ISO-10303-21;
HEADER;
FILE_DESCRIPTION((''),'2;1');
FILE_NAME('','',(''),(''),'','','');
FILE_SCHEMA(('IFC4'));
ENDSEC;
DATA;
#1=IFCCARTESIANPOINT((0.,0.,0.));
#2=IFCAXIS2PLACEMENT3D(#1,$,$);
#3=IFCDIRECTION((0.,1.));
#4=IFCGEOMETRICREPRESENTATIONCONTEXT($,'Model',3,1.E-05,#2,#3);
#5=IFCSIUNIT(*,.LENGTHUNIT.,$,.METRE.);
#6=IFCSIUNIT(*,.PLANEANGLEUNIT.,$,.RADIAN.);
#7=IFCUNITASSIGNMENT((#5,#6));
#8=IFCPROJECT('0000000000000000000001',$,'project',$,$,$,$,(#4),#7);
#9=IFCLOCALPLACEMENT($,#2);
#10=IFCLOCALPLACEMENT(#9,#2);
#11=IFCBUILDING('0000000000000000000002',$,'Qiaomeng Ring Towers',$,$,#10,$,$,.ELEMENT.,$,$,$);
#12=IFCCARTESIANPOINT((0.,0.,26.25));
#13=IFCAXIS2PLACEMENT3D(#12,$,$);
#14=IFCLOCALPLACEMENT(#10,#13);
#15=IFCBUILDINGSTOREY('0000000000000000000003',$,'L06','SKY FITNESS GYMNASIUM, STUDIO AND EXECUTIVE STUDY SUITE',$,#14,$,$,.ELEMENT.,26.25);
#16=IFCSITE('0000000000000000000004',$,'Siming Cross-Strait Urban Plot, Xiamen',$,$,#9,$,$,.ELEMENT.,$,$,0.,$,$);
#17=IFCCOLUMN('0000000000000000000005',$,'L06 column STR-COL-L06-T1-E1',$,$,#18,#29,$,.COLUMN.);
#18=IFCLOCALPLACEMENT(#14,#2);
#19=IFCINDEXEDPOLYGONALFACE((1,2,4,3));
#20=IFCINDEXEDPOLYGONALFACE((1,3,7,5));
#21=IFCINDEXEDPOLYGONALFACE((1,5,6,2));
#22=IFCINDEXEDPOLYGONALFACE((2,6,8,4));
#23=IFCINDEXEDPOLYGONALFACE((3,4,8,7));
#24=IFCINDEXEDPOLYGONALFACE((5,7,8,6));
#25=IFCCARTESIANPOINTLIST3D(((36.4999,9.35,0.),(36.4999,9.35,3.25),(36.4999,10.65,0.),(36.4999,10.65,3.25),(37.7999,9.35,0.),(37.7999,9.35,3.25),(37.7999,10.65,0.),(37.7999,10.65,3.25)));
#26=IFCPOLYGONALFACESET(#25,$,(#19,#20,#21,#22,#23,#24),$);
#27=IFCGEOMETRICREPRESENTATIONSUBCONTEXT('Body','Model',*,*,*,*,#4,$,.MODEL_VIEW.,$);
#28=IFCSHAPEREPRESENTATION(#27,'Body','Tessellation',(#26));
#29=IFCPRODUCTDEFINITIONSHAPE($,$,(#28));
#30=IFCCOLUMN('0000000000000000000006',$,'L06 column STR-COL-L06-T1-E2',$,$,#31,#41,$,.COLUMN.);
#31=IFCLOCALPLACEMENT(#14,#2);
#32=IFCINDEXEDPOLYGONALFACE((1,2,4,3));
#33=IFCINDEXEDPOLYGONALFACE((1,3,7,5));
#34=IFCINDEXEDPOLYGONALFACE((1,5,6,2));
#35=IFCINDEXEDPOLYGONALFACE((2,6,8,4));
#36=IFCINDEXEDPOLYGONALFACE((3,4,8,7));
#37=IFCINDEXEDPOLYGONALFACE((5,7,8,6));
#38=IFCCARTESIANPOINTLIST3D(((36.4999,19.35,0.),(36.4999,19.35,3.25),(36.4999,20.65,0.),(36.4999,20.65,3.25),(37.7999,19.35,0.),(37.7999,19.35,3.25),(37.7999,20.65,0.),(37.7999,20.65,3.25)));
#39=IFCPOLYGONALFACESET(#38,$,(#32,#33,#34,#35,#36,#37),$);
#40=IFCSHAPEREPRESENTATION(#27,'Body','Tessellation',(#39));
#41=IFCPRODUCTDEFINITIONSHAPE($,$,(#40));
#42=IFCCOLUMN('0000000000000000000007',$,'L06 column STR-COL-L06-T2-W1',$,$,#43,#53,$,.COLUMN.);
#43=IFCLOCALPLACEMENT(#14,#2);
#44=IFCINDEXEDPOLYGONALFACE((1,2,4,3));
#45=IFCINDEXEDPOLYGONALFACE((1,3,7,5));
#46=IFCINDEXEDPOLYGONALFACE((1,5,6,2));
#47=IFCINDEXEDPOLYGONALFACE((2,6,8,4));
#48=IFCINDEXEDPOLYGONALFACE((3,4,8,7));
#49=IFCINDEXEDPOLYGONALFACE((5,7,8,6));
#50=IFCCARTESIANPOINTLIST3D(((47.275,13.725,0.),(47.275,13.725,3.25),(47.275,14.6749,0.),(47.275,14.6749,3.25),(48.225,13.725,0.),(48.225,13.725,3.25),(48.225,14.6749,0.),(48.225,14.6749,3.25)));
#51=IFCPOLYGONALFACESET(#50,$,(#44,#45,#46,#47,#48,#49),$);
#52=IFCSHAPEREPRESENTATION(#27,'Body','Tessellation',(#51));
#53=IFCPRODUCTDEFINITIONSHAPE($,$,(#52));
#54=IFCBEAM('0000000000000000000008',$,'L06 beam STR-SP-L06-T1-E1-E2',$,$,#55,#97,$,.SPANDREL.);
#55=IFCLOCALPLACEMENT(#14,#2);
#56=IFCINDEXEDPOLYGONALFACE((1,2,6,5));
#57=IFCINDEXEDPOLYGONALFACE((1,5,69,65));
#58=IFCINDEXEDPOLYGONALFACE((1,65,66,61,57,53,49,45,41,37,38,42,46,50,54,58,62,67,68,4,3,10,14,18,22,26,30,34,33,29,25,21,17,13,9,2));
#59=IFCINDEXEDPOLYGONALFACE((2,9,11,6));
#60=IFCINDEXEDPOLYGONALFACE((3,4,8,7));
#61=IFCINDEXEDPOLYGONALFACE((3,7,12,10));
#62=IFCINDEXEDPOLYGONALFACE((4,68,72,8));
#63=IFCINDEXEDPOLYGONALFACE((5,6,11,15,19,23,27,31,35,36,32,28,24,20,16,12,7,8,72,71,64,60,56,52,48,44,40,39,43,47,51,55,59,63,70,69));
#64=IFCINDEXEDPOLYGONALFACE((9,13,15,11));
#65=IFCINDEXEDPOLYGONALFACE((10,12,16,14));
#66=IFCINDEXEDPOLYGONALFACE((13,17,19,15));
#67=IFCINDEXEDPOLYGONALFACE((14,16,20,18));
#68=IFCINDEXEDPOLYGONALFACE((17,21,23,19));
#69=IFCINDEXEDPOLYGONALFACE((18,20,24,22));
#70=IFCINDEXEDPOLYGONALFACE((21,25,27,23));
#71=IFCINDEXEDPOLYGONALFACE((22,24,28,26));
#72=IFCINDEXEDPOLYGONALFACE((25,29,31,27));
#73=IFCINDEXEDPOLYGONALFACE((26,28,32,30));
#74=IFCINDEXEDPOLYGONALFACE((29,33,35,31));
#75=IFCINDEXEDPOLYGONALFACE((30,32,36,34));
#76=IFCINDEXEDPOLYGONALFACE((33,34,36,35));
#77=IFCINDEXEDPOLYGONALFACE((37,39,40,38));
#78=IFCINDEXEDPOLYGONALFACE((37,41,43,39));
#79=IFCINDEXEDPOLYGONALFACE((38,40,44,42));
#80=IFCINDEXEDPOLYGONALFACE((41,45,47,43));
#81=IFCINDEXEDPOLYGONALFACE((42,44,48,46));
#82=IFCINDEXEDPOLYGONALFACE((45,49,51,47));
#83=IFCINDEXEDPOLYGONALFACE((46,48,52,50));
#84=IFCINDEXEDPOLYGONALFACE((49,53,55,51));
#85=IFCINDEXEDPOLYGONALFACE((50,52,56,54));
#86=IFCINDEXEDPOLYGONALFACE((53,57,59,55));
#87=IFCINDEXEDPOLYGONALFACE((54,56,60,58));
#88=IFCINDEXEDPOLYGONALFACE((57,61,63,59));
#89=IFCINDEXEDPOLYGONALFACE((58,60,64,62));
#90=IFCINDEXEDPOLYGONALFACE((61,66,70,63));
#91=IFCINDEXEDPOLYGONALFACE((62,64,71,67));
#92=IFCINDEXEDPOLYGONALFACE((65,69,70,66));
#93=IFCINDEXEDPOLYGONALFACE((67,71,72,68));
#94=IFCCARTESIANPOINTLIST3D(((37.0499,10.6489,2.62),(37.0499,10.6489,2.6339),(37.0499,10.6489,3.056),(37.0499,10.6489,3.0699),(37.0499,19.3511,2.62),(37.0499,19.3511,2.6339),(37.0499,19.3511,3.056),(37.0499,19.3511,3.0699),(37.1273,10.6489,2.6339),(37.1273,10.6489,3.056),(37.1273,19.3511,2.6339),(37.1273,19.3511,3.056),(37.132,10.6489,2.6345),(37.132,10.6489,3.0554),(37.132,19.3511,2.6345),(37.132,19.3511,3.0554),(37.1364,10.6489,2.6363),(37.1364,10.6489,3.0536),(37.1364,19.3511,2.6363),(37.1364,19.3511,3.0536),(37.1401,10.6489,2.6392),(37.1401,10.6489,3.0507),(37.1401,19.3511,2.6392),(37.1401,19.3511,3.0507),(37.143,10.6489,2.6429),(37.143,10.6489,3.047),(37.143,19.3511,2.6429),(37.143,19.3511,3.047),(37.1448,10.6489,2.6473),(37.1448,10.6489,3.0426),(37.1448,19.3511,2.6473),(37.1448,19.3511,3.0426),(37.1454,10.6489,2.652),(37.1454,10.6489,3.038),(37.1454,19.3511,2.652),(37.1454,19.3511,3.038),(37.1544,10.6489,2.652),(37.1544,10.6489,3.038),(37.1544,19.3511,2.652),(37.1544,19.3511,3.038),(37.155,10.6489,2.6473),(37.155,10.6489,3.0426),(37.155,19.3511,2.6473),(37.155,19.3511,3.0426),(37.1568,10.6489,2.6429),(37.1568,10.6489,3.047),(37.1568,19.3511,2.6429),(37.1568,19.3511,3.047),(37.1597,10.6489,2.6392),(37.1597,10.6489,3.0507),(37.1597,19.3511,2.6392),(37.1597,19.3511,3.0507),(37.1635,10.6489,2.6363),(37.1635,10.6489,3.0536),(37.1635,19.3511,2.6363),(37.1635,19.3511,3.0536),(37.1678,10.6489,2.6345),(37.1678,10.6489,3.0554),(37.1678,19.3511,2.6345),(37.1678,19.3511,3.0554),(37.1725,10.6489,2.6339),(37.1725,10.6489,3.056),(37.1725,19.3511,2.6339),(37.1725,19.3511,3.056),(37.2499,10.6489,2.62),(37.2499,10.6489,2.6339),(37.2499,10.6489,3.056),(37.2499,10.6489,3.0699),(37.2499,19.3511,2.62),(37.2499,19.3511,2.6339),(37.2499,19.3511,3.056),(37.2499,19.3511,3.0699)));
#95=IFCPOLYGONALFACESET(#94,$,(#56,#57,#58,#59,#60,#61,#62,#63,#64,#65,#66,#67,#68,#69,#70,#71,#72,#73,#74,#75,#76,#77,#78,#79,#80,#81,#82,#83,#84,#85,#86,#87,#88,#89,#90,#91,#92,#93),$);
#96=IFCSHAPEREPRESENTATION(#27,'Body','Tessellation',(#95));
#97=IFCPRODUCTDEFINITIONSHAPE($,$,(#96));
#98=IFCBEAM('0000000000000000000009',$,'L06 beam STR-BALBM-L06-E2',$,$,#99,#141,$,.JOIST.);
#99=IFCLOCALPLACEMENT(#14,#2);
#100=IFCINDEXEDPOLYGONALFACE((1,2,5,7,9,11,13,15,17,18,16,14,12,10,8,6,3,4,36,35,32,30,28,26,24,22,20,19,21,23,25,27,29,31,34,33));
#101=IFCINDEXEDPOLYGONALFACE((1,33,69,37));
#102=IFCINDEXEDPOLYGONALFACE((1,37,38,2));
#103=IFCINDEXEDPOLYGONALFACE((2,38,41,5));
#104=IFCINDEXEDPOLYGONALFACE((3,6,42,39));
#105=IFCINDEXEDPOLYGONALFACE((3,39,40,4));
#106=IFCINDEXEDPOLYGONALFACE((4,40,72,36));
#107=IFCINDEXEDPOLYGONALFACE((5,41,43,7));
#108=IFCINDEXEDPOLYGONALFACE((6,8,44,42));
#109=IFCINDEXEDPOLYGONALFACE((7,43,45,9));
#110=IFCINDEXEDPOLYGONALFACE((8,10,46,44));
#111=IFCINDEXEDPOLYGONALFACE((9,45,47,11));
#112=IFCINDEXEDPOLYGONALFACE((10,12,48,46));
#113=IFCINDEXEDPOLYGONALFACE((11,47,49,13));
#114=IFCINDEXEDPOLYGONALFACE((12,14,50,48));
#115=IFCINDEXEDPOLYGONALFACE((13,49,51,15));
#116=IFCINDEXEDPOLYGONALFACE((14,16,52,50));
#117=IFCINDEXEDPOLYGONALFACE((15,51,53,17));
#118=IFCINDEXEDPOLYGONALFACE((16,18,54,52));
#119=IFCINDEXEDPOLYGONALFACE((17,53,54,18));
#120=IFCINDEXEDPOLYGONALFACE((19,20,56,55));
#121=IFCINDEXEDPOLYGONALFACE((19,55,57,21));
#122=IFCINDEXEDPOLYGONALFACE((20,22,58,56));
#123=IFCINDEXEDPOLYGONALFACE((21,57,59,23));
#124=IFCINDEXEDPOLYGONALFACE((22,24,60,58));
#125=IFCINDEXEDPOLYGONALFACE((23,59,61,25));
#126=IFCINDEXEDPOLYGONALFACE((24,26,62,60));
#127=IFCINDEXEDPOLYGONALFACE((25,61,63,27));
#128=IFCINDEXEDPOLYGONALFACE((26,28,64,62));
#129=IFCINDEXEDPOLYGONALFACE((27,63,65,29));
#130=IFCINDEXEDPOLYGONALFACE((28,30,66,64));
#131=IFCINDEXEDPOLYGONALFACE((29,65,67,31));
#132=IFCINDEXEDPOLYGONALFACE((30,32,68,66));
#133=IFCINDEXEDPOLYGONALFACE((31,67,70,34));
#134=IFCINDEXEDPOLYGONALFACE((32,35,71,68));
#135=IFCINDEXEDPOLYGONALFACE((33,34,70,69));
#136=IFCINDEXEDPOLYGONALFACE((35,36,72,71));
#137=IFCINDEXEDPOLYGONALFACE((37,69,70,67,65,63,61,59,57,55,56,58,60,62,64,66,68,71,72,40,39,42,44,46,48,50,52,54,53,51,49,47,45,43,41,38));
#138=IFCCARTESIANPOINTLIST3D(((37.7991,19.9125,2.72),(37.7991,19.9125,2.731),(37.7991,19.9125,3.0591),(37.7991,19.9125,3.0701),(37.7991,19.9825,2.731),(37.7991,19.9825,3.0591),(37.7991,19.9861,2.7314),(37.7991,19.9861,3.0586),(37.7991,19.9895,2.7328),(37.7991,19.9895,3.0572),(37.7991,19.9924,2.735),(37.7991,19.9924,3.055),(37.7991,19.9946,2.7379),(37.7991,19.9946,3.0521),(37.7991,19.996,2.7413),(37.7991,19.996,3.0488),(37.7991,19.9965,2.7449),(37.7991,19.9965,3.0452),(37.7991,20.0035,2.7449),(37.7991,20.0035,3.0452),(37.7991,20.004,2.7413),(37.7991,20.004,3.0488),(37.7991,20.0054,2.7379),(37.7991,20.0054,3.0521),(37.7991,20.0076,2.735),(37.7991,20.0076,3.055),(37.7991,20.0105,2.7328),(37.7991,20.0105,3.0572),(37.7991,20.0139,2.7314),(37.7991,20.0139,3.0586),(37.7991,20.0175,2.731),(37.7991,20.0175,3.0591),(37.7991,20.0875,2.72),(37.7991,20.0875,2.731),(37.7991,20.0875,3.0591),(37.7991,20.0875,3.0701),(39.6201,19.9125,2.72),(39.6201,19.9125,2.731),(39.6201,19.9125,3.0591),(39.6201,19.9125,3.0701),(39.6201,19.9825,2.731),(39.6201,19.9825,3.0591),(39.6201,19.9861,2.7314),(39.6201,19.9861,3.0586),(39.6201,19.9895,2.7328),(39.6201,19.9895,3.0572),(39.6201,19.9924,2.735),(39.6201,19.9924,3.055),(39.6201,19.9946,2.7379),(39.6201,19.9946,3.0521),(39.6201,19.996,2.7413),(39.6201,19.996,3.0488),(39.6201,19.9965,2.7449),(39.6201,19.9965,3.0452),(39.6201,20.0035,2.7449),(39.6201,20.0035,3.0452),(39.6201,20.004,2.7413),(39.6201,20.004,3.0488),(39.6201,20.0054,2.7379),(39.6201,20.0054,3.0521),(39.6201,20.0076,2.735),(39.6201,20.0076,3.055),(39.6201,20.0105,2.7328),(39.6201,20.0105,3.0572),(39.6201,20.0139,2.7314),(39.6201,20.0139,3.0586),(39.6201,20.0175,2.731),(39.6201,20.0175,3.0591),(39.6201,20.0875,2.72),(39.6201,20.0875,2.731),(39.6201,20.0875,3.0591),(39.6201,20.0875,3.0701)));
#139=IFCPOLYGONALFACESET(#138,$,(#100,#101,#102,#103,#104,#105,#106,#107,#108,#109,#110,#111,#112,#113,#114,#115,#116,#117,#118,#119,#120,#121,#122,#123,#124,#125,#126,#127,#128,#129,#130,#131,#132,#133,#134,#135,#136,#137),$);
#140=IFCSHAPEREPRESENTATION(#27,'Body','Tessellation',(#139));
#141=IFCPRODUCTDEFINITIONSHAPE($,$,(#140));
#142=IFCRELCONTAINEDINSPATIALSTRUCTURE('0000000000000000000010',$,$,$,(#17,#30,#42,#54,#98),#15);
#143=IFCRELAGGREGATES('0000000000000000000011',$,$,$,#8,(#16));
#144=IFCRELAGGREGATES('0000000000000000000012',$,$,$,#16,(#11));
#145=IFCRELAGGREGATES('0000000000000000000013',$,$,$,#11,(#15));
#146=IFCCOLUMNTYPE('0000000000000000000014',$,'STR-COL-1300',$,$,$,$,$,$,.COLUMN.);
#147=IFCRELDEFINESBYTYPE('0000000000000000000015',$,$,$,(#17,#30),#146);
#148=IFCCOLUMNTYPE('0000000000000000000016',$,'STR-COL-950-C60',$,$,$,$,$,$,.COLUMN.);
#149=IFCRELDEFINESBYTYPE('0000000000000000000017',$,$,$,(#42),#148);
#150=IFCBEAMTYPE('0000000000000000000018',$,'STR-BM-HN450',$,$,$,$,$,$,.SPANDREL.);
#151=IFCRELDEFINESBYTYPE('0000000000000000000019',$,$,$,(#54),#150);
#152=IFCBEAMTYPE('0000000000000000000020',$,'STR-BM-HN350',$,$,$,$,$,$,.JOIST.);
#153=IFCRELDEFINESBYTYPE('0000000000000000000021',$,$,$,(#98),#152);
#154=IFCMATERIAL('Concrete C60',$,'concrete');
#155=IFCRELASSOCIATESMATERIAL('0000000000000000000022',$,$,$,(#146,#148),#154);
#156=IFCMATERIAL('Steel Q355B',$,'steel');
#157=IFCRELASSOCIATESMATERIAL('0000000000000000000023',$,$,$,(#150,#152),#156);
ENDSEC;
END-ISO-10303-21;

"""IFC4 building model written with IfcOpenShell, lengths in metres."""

from ifc_helpers import new_model, si_unit, direction, frame, origin, origin_2d, place, context, subcontext, project, spatial, rectangle, i_section, extrude, source, transform, mapped, material, material_profile, profile_set, type_object, element, save


model = new_model("IFC4")

# Units and contexts
model_context = context("Model", 3, precision=1e-05, world=origin(), true_north=direction((0.0, 1.0)))
body_context = subcontext(model_context, "Body", "Model", "MODEL_VIEW")
ifc_project = project(units=[si_unit("LENGTHUNIT", "METRE"), si_unit("PLANEANGLEUNIT", "RADIAN")], contexts=[model_context])

# Site, building, storey
site_placement = place(None, origin())
site = spatial("IfcSite", under=ifc_project, at=site_placement, Name="Siming Cross-Strait Urban Plot, Xiamen", CompositionType="ELEMENT", RefElevation=0.0)
building_placement = place(site_placement, origin())
building = spatial("IfcBuilding", under=site, at=building_placement, Name="Qiaomeng Ring Towers", CompositionType="ELEMENT")
storey_placement = place(building_placement, frame((0.0, 0.0, 26.25)))
storey = spatial("IfcBuildingStorey", under=building, at=storey_placement, Name="L06", Description="SKY FITNESS GYMNASIUM, STUDIO AND EXECUTIVE STUDY SUITE", CompositionType="ELEMENT", Elevation=26.25)

# Columns
ifc_material_1 = material(Name="Concrete C60", Category="concrete")
ifc_material_profile_1 = material_profile(ifc_material_1, rectangle(XDim=1.3, YDim=1.3, at=origin_2d()), Name="RC COL 1300x1300")
ifc_profile_set_1 = profile_set([ifc_material_profile_1], Name="Concrete C60")
column_type_1 = type_object("IfcColumnType", Name="STR-COL-1300", PredefinedType="COLUMN", material=ifc_profile_set_1)
shared_shape_1 = source(origin(), body_context, "Body", "SweptSolid", [
    extrude(rectangle(XDim=1.3, YDim=1.3, at=origin_2d()), origin(), (0.0, 0.0, 1.0), 3.25),
])
for number, where, z_axis, x_axis, name in (
    (1, (37.1499, 10.0, 0.0), (0.0, 0.0, 1.0), (1.0, 0.0, 0.0), "L06 column STR-COL-L06-T1-E1"),
    (2, (37.1499, 20.0, 0.0), (0.0, 0.0, 1.0), (1.0, 0.0, 0.0), "L06 column STR-COL-L06-T1-E2"),
):
    element("IfcColumn", number, at=place(storey_placement, frame(where, z_axis=z_axis, x_axis=x_axis)), inside=storey, type_object=column_type_1, Name=name, PredefinedType="COLUMN", context=body_context, shape_type="MappedRepresentation", body=[
        mapped(shared_shape_1, transform((0.0, 0.0, 0.0), x_axis=(1.0, 0.0, 0.0), y_axis=(0.0, 1.0, 0.0), z_axis=(0.0, 0.0, 1.0), scale=1.0)),
    ])
ifc_material_profile_2 = material_profile(ifc_material_1, rectangle(XDim=0.95, YDim=0.95, at=origin_2d()), Name="RC COL 950x950")
ifc_profile_set_2 = profile_set([ifc_material_profile_2], Name="Concrete C60")
column_type_2 = type_object("IfcColumnType", Name="STR-COL-950-C60", PredefinedType="COLUMN", material=ifc_profile_set_2)
shared_shape_2 = source(origin(), body_context, "Body", "SweptSolid", [
    extrude(rectangle(XDim=0.95, YDim=0.95, at=origin_2d()), origin(), (0.0, 0.0, 1.0), 3.25),
])
column_placement = place(storey_placement, frame((47.75, 14.2, 0.0), z_axis=(0.0, 0.0, 1.0), x_axis=(1.0, 0.0, 0.0)))
element("IfcColumn", 3, at=column_placement, inside=storey, type_object=column_type_2, Name="L06 column STR-COL-L06-T2-W1", PredefinedType="COLUMN", context=body_context, shape_type="MappedRepresentation", body=[
    mapped(shared_shape_2, transform((0.0, 0.0, 0.0), x_axis=(1.0, 0.0, 0.0), y_axis=(0.0, 1.0, 0.0), z_axis=(0.0, 0.0, 1.0), scale=1.0)),
])

# Beams
ifc_material_2 = material(Name="Steel Q355B", Category="steel")
ifc_material_profile_3 = material_profile(ifc_material_2, i_section(OverallWidth=0.2, OverallDepth=0.45, WebThickness=0.009, FlangeThickness=0.0139, FilletRadius=0.0181, at=origin_2d()), Name="HN 450x200x9x14")
ifc_profile_set_3 = profile_set([ifc_material_profile_3], Name="Steel Q355B")
beam_type_1 = type_object("IfcBeamType", Name="STR-BM-HN450", PredefinedType="SPANDREL", material=ifc_profile_set_3)
shared_shape_3 = source(origin(), body_context, "Body", "SweptSolid", [
    extrude(i_section(OverallWidth=0.2, OverallDepth=0.45, WebThickness=0.009, FlangeThickness=0.0139, FilletRadius=0.0181, at=origin_2d()), origin(), (0.0, 0.0, 1.0), 8.7021),
])
beam_1_placement = place(storey_placement, frame((37.1499, 10.6489, 2.845), z_axis=(0.0, 1.0, 0.0), x_axis=(-1.0, 0.0, 0.0)))
element("IfcBeam", 4, at=beam_1_placement, inside=storey, type_object=beam_type_1, Name="L06 beam STR-SP-L06-T1-E1-E2", PredefinedType="SPANDREL", context=body_context, shape_type="MappedRepresentation", body=[
    mapped(shared_shape_3, transform((0.0, 0.0, 0.0), x_axis=(1.0, 0.0, 0.0), y_axis=(0.0, 1.0, 0.0), z_axis=(0.0, 0.0, 1.0), scale=1.0)),
])
ifc_material_profile_4 = material_profile(ifc_material_2, i_section(OverallWidth=0.175, OverallDepth=0.3501, WebThickness=0.0071, FlangeThickness=0.011, FilletRadius=0.0139, at=origin_2d()), Name="HN 350x175x7x11")
ifc_profile_set_4 = profile_set([ifc_material_profile_4], Name="Steel Q355B")
beam_type_2 = type_object("IfcBeamType", Name="STR-BM-HN350", PredefinedType="JOIST", material=ifc_profile_set_4)
shared_shape_4 = source(origin(), body_context, "Body", "SweptSolid", [
    extrude(i_section(OverallWidth=0.175, OverallDepth=0.3501, WebThickness=0.0071, FlangeThickness=0.011, FilletRadius=0.0139, at=origin_2d()), origin(), (0.0, 0.0, 1.0), 1.821),
])
beam_2_placement = place(storey_placement, frame((37.7991, 20.0, 2.895), z_axis=(1.0, 0.0, 0.0), x_axis=(0.0, 1.0, 0.0)))
element("IfcBeam", 5, at=beam_2_placement, inside=storey, type_object=beam_type_2, Name="L06 beam STR-BALBM-L06-E2", PredefinedType="JOIST", context=body_context, shape_type="MappedRepresentation", body=[
    mapped(shared_shape_4, transform((0.0, 0.0, 0.0), x_axis=(1.0, 0.0, 0.0), y_axis=(0.0, 1.0, 0.0), z_axis=(0.0, 0.0, 1.0), scale=1.0)),
])

save(model, "model.ifc")
